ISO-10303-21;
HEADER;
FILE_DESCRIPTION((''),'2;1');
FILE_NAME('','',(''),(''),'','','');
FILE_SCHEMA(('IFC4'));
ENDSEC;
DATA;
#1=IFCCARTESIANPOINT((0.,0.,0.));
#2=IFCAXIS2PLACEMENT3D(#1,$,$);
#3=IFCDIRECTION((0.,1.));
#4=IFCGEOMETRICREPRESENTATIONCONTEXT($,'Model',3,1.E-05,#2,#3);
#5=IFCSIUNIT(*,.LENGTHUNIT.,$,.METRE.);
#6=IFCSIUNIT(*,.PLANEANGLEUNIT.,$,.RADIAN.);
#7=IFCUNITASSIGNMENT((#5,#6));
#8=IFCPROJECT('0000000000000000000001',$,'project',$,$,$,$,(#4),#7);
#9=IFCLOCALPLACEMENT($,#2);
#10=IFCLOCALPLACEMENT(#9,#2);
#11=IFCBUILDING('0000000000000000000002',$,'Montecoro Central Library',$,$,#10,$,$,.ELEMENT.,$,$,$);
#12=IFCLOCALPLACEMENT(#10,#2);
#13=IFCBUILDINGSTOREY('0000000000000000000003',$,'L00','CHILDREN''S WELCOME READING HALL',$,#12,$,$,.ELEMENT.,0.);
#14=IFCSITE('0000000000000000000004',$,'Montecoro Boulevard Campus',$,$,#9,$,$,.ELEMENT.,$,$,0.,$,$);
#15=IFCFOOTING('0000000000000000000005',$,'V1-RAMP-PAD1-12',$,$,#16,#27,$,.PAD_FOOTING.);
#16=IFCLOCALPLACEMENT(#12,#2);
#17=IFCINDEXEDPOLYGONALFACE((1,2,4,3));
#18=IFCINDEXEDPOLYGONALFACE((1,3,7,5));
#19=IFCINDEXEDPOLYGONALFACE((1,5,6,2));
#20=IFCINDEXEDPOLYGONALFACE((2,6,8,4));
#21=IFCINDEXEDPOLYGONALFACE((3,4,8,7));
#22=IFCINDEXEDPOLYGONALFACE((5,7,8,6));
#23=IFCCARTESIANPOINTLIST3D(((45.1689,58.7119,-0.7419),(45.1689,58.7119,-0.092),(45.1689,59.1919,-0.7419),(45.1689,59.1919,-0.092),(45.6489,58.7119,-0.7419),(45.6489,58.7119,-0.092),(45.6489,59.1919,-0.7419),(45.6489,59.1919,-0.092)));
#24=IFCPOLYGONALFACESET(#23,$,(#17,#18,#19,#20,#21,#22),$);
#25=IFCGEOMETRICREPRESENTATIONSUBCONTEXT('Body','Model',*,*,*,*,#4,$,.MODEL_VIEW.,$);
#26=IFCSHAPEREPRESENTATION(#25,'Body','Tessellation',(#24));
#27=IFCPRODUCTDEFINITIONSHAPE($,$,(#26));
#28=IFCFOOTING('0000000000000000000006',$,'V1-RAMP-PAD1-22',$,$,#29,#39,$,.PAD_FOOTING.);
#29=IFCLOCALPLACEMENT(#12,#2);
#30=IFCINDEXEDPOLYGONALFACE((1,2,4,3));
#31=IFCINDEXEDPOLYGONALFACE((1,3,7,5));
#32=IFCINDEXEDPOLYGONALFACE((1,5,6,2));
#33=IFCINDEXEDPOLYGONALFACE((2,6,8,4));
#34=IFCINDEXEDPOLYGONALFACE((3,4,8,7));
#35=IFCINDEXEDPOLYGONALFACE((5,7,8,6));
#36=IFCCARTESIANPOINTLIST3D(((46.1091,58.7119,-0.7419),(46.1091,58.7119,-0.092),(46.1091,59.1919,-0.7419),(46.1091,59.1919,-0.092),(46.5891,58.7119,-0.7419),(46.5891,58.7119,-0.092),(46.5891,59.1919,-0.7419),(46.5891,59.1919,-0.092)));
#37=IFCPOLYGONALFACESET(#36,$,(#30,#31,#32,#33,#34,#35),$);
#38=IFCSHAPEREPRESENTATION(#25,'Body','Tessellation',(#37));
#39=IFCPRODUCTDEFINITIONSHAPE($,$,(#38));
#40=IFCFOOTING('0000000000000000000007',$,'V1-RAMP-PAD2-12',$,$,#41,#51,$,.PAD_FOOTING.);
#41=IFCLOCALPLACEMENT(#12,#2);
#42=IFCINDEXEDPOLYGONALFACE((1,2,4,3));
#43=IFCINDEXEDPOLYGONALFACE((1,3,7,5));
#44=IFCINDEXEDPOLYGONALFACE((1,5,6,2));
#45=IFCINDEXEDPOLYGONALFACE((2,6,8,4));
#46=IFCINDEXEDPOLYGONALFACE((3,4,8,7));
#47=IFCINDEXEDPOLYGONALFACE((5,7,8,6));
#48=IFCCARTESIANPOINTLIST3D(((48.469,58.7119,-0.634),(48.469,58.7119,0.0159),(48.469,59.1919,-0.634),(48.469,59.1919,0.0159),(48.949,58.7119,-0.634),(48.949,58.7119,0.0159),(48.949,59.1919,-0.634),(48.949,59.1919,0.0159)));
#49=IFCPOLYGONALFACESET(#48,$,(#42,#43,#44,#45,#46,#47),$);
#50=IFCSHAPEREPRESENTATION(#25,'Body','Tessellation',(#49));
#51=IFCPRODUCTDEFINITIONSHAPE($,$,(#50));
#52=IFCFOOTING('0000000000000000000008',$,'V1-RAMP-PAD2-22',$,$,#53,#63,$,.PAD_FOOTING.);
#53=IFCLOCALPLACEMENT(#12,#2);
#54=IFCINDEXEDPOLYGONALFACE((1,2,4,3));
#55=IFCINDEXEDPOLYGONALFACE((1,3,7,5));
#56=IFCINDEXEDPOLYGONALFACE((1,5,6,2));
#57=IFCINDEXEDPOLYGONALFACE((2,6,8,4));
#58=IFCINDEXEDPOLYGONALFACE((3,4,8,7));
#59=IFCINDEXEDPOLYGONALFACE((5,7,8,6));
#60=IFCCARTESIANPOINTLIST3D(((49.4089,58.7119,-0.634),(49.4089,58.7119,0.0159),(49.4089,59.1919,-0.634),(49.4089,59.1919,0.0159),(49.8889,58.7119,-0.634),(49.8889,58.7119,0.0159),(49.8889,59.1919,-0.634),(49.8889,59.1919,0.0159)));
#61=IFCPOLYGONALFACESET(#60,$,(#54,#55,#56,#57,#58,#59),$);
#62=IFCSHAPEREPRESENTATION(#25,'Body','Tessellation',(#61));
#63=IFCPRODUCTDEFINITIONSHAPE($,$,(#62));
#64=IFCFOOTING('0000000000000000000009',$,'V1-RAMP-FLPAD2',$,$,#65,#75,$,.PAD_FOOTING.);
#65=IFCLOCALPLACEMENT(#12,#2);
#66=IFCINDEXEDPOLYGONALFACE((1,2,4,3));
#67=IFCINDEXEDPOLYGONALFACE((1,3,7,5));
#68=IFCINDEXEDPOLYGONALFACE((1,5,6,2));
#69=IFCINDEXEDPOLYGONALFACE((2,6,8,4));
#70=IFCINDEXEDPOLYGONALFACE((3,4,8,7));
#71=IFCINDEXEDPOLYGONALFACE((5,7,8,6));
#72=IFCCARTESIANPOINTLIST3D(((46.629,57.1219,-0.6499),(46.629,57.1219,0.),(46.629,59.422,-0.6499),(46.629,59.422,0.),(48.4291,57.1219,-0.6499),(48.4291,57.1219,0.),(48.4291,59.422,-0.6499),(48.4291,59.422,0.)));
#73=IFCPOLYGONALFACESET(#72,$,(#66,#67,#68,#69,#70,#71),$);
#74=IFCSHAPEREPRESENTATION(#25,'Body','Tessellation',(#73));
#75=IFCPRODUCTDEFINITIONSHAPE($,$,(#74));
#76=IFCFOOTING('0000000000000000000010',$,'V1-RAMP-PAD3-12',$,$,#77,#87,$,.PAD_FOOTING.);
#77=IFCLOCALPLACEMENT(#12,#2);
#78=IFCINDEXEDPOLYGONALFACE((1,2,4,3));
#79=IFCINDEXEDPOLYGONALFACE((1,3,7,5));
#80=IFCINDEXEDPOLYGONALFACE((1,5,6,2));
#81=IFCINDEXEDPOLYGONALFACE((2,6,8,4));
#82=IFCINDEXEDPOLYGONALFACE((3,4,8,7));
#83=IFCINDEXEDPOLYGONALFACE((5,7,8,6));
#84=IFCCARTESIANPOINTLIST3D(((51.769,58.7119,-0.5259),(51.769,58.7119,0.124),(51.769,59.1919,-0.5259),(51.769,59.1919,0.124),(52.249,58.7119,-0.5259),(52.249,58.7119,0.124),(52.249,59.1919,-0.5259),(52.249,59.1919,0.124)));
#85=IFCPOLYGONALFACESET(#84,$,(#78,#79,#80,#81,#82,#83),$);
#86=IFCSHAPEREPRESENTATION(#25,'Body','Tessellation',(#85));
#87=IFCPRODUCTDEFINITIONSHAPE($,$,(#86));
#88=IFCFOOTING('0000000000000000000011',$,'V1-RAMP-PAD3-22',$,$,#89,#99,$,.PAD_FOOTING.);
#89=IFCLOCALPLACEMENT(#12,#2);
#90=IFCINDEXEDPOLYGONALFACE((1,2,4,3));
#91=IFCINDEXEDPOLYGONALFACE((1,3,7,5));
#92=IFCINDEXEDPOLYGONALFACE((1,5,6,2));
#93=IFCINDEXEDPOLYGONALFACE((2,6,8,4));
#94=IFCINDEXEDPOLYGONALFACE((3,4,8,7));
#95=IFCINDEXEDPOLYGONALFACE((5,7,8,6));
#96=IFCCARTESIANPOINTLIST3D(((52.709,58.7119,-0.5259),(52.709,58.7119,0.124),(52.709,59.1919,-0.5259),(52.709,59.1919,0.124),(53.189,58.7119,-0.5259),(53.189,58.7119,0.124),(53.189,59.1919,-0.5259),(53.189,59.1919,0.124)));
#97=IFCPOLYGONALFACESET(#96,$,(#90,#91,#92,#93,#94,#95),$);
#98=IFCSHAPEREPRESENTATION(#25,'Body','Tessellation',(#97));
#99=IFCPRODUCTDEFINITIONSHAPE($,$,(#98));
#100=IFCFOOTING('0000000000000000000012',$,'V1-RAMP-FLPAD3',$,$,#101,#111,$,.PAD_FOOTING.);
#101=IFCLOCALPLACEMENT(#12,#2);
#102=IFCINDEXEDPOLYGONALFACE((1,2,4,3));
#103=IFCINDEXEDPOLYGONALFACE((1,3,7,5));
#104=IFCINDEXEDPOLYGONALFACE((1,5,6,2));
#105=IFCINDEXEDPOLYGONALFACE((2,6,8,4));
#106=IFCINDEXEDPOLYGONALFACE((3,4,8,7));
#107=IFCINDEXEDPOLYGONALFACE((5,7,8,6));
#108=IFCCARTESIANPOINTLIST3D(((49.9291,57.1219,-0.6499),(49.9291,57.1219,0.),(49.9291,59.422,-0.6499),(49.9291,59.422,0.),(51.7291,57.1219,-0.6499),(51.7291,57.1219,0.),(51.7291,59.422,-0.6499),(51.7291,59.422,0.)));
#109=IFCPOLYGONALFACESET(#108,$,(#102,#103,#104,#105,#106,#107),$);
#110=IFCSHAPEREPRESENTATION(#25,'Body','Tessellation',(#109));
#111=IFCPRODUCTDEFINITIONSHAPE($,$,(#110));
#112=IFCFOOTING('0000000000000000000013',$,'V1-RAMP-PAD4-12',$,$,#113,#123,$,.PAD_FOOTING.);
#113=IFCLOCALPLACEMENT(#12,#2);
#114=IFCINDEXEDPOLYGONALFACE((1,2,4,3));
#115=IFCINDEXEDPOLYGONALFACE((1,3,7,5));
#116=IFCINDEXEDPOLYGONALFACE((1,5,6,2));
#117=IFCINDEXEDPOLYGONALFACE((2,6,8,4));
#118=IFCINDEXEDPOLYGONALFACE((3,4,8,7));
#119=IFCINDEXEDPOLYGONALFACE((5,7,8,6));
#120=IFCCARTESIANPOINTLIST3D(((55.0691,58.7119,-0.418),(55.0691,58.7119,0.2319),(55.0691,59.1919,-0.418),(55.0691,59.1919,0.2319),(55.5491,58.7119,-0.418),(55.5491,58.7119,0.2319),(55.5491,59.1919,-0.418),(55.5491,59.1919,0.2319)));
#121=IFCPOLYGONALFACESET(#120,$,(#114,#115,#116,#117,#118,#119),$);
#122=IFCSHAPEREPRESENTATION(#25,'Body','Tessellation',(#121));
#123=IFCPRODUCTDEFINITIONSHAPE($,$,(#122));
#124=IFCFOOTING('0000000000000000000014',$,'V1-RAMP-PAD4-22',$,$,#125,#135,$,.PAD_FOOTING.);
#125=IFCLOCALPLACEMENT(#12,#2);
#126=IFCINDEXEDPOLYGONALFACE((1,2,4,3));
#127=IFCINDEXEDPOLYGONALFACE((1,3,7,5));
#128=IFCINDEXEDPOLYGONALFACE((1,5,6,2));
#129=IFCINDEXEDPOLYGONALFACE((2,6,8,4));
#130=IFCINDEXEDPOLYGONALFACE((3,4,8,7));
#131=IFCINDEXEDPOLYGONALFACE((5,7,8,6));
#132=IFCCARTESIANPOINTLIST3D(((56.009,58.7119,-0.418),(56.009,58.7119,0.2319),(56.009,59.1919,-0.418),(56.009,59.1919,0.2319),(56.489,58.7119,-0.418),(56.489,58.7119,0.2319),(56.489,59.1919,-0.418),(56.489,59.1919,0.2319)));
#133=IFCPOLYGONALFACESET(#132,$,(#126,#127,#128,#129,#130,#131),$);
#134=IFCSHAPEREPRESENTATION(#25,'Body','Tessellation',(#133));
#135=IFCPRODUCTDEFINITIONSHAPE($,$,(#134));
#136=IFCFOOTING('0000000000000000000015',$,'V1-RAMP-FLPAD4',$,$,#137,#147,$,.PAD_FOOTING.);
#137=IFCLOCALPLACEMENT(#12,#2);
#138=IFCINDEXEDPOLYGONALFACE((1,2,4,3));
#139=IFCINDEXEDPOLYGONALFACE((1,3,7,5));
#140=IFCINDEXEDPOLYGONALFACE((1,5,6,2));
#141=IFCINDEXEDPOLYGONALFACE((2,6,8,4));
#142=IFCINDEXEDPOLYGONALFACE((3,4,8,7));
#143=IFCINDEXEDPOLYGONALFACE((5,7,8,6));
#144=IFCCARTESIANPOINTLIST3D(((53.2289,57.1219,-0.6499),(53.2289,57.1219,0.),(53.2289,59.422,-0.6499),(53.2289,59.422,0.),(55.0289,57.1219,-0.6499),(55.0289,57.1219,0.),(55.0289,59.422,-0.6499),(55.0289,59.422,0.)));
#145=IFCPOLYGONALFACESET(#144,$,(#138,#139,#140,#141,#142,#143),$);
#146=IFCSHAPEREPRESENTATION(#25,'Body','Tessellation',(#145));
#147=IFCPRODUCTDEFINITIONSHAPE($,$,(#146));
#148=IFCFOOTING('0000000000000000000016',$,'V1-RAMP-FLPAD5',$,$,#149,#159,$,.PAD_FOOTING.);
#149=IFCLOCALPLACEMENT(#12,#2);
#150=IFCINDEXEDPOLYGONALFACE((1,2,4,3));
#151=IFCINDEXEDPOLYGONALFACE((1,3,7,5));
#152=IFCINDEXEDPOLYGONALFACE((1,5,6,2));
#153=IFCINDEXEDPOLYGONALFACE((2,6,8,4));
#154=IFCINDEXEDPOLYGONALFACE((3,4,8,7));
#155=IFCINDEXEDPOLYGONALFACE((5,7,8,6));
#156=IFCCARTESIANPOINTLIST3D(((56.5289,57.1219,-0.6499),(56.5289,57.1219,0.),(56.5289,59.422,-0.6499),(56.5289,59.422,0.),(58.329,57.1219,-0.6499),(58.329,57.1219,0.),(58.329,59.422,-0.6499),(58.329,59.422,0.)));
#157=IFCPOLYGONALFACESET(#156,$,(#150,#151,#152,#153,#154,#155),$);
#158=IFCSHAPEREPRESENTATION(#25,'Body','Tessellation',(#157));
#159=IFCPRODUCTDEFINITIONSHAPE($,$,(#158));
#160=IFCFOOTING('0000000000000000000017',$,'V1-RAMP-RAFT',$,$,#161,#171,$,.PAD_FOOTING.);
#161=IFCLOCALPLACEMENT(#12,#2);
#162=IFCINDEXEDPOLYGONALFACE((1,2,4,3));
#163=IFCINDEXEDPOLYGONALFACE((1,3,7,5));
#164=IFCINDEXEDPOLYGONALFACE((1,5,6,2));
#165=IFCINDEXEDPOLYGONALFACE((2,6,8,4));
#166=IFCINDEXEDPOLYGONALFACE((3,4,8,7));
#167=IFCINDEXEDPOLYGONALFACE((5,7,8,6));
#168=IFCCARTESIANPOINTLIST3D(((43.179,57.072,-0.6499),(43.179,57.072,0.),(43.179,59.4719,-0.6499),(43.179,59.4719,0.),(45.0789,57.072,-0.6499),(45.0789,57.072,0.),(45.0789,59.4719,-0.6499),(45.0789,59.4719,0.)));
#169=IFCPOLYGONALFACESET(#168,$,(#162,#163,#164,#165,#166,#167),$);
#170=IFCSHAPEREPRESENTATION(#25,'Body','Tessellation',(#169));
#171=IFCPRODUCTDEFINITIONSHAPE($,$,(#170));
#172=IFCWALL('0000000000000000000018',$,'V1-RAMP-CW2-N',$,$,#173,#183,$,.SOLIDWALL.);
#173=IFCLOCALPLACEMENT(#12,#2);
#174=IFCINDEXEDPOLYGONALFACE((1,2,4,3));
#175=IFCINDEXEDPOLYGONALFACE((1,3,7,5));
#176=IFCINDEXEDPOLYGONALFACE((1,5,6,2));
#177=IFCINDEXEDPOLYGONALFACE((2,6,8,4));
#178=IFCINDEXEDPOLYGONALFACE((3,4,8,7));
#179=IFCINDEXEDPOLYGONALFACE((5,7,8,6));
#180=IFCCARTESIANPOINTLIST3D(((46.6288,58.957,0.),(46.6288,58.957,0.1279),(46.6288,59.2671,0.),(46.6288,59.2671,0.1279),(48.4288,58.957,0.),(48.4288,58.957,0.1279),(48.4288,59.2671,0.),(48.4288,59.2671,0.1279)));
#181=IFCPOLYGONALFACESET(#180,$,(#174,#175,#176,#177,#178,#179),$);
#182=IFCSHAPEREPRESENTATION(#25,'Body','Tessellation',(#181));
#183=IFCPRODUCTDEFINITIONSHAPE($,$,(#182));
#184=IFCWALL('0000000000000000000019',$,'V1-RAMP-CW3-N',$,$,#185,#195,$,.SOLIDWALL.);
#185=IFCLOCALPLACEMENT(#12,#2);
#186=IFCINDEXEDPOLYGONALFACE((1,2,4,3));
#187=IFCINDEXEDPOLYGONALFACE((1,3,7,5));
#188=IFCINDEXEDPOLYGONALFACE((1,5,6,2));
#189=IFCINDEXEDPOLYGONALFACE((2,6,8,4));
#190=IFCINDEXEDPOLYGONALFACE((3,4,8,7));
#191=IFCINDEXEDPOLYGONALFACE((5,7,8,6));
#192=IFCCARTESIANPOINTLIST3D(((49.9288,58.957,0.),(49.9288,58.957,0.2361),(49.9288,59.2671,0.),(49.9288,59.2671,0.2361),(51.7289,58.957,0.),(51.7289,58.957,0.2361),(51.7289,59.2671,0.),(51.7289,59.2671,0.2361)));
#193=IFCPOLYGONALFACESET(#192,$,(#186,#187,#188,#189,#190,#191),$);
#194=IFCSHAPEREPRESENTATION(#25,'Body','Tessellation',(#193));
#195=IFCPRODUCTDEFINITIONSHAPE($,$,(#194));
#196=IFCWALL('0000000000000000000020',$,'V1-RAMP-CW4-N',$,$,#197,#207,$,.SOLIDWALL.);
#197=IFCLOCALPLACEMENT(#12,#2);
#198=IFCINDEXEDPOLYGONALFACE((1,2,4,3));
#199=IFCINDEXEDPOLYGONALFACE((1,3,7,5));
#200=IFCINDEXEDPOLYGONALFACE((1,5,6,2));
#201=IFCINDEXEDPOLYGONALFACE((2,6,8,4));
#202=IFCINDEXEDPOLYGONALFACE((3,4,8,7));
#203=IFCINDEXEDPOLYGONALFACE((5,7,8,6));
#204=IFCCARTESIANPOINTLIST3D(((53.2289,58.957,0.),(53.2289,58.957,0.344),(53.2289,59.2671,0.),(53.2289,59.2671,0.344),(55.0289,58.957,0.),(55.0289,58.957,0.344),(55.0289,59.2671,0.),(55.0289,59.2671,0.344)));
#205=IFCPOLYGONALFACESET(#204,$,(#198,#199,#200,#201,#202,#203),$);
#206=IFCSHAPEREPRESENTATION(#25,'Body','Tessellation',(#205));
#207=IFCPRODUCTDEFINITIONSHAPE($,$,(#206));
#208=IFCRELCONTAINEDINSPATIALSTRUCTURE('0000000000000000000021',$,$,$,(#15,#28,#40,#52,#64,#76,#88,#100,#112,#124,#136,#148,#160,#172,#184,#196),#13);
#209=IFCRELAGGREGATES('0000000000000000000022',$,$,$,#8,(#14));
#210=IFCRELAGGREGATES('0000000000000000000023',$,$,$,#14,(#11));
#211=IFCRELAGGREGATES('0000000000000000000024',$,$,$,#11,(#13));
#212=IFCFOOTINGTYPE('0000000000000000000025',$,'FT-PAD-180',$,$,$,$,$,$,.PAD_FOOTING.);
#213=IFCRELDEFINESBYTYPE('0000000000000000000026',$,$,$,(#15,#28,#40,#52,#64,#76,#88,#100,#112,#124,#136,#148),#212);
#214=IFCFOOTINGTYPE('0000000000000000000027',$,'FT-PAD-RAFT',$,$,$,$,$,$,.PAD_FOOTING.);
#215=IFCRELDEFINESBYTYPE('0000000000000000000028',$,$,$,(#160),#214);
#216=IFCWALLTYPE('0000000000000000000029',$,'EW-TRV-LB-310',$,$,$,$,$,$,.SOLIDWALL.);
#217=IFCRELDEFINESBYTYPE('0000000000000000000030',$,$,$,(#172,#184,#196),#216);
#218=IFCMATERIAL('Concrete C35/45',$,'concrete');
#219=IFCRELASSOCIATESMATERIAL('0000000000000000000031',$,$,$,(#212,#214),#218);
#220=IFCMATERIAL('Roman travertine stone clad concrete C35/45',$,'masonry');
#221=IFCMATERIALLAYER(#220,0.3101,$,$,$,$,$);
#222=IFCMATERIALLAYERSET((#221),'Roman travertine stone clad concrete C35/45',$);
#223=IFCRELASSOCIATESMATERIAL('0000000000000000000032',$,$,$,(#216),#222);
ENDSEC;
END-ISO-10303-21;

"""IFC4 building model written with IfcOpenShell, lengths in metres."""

from ifc_helpers import new_model, si_unit, direction, frame, frame_2d, origin, origin_2d, place, context, subcontext, project, spatial, rectangle, extrude, material, layer, layer_set, type_object, element, save


model = new_model("IFC4")

# Units and contexts
model_context = context("Model", 3, precision=1e-05, world=origin(), true_north=direction((0.0, 1.0)))
body_context = subcontext(model_context, "Body", "Model", "MODEL_VIEW")
ifc_project = project(units=[si_unit("LENGTHUNIT", "METRE"), si_unit("PLANEANGLEUNIT", "RADIAN")], contexts=[model_context])

# Site, building, storey
site_placement = place(None, origin())
site = spatial("IfcSite", under=ifc_project, at=site_placement, Name="Montecoro Boulevard Campus", CompositionType="ELEMENT", RefElevation=0.0)
building_placement = place(site_placement, origin())
building = spatial("IfcBuilding", under=site, at=building_placement, Name="Montecoro Central Library", CompositionType="ELEMENT")
storey_placement = place(building_placement, origin())
storey = spatial("IfcBuildingStorey", under=building, at=storey_placement, Name="L00", Description="CHILDREN'S WELCOME READING HALL", CompositionType="ELEMENT", Elevation=0.0)

# Footings
ifc_material_1 = material(Name="Concrete C35/45", Category="concrete")
footing_type_1 = type_object("IfcFootingType", Name="FT-PAD-180", PredefinedType="PAD_FOOTING", material=ifc_material_1)
for number, where, z_axis, x_axis, name in (
    (1, (45.4089, 58.9519, -0.7419), (0.0, 0.0, 1.0), (1.0, 0.0, 0.0), "V1-RAMP-PAD1-12"),
    (2, (46.3491, 58.9519, -0.7419), (0.0, 0.0, 1.0), (1.0, 0.0, 0.0), "V1-RAMP-PAD1-22"),
    (3, (48.709, 58.9519, -0.634), (0.0, 0.0, 1.0), (1.0, 0.0, 0.0), "V1-RAMP-PAD2-12"),
    (4, (49.6489, 58.9519, -0.634), (0.0, 0.0, 1.0), (1.0, 0.0, 0.0), "V1-RAMP-PAD2-22"),
):
    element("IfcFooting", number, at=place(storey_placement, frame(where, z_axis=z_axis, x_axis=x_axis)), inside=storey, type_object=footing_type_1, Name=name, PredefinedType="PAD_FOOTING", context=body_context, shape_type="SweptSolid", body=[
        extrude(rectangle(XDim=0.48, YDim=0.48, at=origin_2d()), origin(), (0.0, 0.0, 1.0), 0.6499),
    ])
footing_1_placement = place(storey_placement, frame((47.5291, 58.272, -0.6499), z_axis=(0.0, 0.0, 1.0), x_axis=(1.0, 0.0, 0.0)))
element("IfcFooting", 5, at=footing_1_placement, inside=storey, type_object=footing_type_1, Name="V1-RAMP-FLPAD2", PredefinedType="PAD_FOOTING", context=body_context, shape_type="SweptSolid", body=[
    extrude(rectangle(XDim=1.8, YDim=2.3, at=origin_2d()), origin(), (0.0, 0.0, 1.0), 0.6499),
])
for number, where, z_axis, x_axis, name in (
    (6, (52.009, 58.9519, -0.5259), (0.0, 0.0, 1.0), (1.0, 0.0, 0.0), "V1-RAMP-PAD3-12"),
    (7, (52.949, 58.9519, -0.5259), (0.0, 0.0, 1.0), (1.0, 0.0, 0.0), "V1-RAMP-PAD3-22"),
):
    element("IfcFooting", number, at=place(storey_placement, frame(where, z_axis=z_axis, x_axis=x_axis)), inside=storey, type_object=footing_type_1, Name=name, PredefinedType="PAD_FOOTING", context=body_context, shape_type="SweptSolid", body=[
        extrude(rectangle(XDim=0.48, YDim=0.48, at=origin_2d()), origin(), (0.0, 0.0, 1.0), 0.6499),
    ])
footing_2_placement = place(storey_placement, frame((50.8291, 58.272, -0.6499), z_axis=(0.0, 0.0, 1.0), x_axis=(1.0, 0.0, 0.0)))
element("IfcFooting", 8, at=footing_2_placement, inside=storey, type_object=footing_type_1, Name="V1-RAMP-FLPAD3", PredefinedType="PAD_FOOTING", context=body_context, shape_type="SweptSolid", body=[
    extrude(rectangle(XDim=1.8, YDim=2.3, at=origin_2d()), origin(), (0.0, 0.0, 1.0), 0.6499),
])
for number, where, z_axis, x_axis, name in (
    (9, (55.3091, 58.9519, -0.418), (0.0, 0.0, 1.0), (1.0, 0.0, 0.0), "V1-RAMP-PAD4-12"),
    (10, (56.249, 58.9519, -0.418), (0.0, 0.0, 1.0), (1.0, 0.0, 0.0), "V1-RAMP-PAD4-22"),
):
    element("IfcFooting", number, at=place(storey_placement, frame(where, z_axis=z_axis, x_axis=x_axis)), inside=storey, type_object=footing_type_1, Name=name, PredefinedType="PAD_FOOTING", context=body_context, shape_type="SweptSolid", body=[
        extrude(rectangle(XDim=0.48, YDim=0.48, at=origin_2d()), origin(), (0.0, 0.0, 1.0), 0.6499),
    ])
for number, where, z_axis, x_axis, name in (
    (11, (54.1289, 58.272, -0.6499), (0.0, 0.0, 1.0), (1.0, 0.0, 0.0), "V1-RAMP-FLPAD4"),
    (12, (57.429, 58.272, -0.6499), (0.0, 0.0, 1.0), (1.0, 0.0, 0.0), "V1-RAMP-FLPAD5"),
):
    element("IfcFooting", number, at=place(storey_placement, frame(where, z_axis=z_axis, x_axis=x_axis)), inside=storey, type_object=footing_type_1, Name=name, PredefinedType="PAD_FOOTING", context=body_context, shape_type="SweptSolid", body=[
        extrude(rectangle(XDim=1.8, YDim=2.3, at=origin_2d()), origin(), (0.0, 0.0, 1.0), 0.6499),
    ])
footing_type_2 = type_object("IfcFootingType", Name="FT-PAD-RAFT", PredefinedType="PAD_FOOTING", material=ifc_material_1)
footing_3_placement = place(storey_placement, frame((44.1289, 58.272, -0.6499), z_axis=(0.0, 0.0, 1.0), x_axis=(1.0, 0.0, 0.0)))
element("IfcFooting", 13, at=footing_3_placement, inside=storey, type_object=footing_type_2, Name="V1-RAMP-RAFT", PredefinedType="PAD_FOOTING", context=body_context, shape_type="SweptSolid", body=[
    extrude(rectangle(XDim=1.8999, YDim=2.3999, at=origin_2d()), origin(), (0.0, 0.0, 1.0), 0.6499),
])

# Walls
ifc_material_2 = material(Name="Roman travertine stone clad concrete C35/45", Category="masonry")
ifc_layer_1 = layer(ifc_material_2, 0.3101)
ifc_layer_set_1 = layer_set([ifc_layer_1], Name="Roman travertine stone clad concrete C35/45")
wall_type = type_object("IfcWallType", Name="EW-TRV-LB-310", PredefinedType="SOLIDWALL", material=ifc_layer_set_1)
wall_1_placement = place(storey_placement, frame((46.6289, 59.1121, 0.0), z_axis=(0.0, 0.0, 1.0), x_axis=(1.0, 0.0, 0.0)))
element("IfcWall", 14, at=wall_1_placement, inside=storey, type_object=wall_type, Name="V1-RAMP-CW2-N", PredefinedType="SOLIDWALL", context=body_context, shape_type="SweptSolid", body=[
    extrude(rectangle(XDim=1.8, YDim=0.3101, at=frame_2d((0.8999, 0.0))), origin(), (0.0, 0.0, 1.0), 0.1279),
])
wall_2_placement = place(storey_placement, frame((49.929, 59.1121, 0.0), z_axis=(0.0, 0.0, 1.0), x_axis=(1.0, 0.0, 0.0)))
element("IfcWall", 15, at=wall_2_placement, inside=storey, type_object=wall_type, Name="V1-RAMP-CW3-N", PredefinedType="SOLIDWALL", context=body_context, shape_type="SweptSolid", body=[
    extrude(rectangle(XDim=1.8, YDim=0.3101, at=frame_2d((0.8999, 0.0))), origin(), (0.0, 0.0, 1.0), 0.2361),
])
wall_3_placement = place(storey_placement, frame((53.229, 59.1121, 0.0), z_axis=(0.0, 0.0, 1.0), x_axis=(1.0, 0.0, 0.0)))
element("IfcWall", 16, at=wall_3_placement, inside=storey, type_object=wall_type, Name="V1-RAMP-CW4-N", PredefinedType="SOLIDWALL", context=body_context, shape_type="SweptSolid", body=[
    extrude(rectangle(XDim=1.8, YDim=0.3101, at=frame_2d((0.8999, 0.0))), origin(), (0.0, 0.0, 1.0), 0.344),
])

save(model, "model.ifc")
